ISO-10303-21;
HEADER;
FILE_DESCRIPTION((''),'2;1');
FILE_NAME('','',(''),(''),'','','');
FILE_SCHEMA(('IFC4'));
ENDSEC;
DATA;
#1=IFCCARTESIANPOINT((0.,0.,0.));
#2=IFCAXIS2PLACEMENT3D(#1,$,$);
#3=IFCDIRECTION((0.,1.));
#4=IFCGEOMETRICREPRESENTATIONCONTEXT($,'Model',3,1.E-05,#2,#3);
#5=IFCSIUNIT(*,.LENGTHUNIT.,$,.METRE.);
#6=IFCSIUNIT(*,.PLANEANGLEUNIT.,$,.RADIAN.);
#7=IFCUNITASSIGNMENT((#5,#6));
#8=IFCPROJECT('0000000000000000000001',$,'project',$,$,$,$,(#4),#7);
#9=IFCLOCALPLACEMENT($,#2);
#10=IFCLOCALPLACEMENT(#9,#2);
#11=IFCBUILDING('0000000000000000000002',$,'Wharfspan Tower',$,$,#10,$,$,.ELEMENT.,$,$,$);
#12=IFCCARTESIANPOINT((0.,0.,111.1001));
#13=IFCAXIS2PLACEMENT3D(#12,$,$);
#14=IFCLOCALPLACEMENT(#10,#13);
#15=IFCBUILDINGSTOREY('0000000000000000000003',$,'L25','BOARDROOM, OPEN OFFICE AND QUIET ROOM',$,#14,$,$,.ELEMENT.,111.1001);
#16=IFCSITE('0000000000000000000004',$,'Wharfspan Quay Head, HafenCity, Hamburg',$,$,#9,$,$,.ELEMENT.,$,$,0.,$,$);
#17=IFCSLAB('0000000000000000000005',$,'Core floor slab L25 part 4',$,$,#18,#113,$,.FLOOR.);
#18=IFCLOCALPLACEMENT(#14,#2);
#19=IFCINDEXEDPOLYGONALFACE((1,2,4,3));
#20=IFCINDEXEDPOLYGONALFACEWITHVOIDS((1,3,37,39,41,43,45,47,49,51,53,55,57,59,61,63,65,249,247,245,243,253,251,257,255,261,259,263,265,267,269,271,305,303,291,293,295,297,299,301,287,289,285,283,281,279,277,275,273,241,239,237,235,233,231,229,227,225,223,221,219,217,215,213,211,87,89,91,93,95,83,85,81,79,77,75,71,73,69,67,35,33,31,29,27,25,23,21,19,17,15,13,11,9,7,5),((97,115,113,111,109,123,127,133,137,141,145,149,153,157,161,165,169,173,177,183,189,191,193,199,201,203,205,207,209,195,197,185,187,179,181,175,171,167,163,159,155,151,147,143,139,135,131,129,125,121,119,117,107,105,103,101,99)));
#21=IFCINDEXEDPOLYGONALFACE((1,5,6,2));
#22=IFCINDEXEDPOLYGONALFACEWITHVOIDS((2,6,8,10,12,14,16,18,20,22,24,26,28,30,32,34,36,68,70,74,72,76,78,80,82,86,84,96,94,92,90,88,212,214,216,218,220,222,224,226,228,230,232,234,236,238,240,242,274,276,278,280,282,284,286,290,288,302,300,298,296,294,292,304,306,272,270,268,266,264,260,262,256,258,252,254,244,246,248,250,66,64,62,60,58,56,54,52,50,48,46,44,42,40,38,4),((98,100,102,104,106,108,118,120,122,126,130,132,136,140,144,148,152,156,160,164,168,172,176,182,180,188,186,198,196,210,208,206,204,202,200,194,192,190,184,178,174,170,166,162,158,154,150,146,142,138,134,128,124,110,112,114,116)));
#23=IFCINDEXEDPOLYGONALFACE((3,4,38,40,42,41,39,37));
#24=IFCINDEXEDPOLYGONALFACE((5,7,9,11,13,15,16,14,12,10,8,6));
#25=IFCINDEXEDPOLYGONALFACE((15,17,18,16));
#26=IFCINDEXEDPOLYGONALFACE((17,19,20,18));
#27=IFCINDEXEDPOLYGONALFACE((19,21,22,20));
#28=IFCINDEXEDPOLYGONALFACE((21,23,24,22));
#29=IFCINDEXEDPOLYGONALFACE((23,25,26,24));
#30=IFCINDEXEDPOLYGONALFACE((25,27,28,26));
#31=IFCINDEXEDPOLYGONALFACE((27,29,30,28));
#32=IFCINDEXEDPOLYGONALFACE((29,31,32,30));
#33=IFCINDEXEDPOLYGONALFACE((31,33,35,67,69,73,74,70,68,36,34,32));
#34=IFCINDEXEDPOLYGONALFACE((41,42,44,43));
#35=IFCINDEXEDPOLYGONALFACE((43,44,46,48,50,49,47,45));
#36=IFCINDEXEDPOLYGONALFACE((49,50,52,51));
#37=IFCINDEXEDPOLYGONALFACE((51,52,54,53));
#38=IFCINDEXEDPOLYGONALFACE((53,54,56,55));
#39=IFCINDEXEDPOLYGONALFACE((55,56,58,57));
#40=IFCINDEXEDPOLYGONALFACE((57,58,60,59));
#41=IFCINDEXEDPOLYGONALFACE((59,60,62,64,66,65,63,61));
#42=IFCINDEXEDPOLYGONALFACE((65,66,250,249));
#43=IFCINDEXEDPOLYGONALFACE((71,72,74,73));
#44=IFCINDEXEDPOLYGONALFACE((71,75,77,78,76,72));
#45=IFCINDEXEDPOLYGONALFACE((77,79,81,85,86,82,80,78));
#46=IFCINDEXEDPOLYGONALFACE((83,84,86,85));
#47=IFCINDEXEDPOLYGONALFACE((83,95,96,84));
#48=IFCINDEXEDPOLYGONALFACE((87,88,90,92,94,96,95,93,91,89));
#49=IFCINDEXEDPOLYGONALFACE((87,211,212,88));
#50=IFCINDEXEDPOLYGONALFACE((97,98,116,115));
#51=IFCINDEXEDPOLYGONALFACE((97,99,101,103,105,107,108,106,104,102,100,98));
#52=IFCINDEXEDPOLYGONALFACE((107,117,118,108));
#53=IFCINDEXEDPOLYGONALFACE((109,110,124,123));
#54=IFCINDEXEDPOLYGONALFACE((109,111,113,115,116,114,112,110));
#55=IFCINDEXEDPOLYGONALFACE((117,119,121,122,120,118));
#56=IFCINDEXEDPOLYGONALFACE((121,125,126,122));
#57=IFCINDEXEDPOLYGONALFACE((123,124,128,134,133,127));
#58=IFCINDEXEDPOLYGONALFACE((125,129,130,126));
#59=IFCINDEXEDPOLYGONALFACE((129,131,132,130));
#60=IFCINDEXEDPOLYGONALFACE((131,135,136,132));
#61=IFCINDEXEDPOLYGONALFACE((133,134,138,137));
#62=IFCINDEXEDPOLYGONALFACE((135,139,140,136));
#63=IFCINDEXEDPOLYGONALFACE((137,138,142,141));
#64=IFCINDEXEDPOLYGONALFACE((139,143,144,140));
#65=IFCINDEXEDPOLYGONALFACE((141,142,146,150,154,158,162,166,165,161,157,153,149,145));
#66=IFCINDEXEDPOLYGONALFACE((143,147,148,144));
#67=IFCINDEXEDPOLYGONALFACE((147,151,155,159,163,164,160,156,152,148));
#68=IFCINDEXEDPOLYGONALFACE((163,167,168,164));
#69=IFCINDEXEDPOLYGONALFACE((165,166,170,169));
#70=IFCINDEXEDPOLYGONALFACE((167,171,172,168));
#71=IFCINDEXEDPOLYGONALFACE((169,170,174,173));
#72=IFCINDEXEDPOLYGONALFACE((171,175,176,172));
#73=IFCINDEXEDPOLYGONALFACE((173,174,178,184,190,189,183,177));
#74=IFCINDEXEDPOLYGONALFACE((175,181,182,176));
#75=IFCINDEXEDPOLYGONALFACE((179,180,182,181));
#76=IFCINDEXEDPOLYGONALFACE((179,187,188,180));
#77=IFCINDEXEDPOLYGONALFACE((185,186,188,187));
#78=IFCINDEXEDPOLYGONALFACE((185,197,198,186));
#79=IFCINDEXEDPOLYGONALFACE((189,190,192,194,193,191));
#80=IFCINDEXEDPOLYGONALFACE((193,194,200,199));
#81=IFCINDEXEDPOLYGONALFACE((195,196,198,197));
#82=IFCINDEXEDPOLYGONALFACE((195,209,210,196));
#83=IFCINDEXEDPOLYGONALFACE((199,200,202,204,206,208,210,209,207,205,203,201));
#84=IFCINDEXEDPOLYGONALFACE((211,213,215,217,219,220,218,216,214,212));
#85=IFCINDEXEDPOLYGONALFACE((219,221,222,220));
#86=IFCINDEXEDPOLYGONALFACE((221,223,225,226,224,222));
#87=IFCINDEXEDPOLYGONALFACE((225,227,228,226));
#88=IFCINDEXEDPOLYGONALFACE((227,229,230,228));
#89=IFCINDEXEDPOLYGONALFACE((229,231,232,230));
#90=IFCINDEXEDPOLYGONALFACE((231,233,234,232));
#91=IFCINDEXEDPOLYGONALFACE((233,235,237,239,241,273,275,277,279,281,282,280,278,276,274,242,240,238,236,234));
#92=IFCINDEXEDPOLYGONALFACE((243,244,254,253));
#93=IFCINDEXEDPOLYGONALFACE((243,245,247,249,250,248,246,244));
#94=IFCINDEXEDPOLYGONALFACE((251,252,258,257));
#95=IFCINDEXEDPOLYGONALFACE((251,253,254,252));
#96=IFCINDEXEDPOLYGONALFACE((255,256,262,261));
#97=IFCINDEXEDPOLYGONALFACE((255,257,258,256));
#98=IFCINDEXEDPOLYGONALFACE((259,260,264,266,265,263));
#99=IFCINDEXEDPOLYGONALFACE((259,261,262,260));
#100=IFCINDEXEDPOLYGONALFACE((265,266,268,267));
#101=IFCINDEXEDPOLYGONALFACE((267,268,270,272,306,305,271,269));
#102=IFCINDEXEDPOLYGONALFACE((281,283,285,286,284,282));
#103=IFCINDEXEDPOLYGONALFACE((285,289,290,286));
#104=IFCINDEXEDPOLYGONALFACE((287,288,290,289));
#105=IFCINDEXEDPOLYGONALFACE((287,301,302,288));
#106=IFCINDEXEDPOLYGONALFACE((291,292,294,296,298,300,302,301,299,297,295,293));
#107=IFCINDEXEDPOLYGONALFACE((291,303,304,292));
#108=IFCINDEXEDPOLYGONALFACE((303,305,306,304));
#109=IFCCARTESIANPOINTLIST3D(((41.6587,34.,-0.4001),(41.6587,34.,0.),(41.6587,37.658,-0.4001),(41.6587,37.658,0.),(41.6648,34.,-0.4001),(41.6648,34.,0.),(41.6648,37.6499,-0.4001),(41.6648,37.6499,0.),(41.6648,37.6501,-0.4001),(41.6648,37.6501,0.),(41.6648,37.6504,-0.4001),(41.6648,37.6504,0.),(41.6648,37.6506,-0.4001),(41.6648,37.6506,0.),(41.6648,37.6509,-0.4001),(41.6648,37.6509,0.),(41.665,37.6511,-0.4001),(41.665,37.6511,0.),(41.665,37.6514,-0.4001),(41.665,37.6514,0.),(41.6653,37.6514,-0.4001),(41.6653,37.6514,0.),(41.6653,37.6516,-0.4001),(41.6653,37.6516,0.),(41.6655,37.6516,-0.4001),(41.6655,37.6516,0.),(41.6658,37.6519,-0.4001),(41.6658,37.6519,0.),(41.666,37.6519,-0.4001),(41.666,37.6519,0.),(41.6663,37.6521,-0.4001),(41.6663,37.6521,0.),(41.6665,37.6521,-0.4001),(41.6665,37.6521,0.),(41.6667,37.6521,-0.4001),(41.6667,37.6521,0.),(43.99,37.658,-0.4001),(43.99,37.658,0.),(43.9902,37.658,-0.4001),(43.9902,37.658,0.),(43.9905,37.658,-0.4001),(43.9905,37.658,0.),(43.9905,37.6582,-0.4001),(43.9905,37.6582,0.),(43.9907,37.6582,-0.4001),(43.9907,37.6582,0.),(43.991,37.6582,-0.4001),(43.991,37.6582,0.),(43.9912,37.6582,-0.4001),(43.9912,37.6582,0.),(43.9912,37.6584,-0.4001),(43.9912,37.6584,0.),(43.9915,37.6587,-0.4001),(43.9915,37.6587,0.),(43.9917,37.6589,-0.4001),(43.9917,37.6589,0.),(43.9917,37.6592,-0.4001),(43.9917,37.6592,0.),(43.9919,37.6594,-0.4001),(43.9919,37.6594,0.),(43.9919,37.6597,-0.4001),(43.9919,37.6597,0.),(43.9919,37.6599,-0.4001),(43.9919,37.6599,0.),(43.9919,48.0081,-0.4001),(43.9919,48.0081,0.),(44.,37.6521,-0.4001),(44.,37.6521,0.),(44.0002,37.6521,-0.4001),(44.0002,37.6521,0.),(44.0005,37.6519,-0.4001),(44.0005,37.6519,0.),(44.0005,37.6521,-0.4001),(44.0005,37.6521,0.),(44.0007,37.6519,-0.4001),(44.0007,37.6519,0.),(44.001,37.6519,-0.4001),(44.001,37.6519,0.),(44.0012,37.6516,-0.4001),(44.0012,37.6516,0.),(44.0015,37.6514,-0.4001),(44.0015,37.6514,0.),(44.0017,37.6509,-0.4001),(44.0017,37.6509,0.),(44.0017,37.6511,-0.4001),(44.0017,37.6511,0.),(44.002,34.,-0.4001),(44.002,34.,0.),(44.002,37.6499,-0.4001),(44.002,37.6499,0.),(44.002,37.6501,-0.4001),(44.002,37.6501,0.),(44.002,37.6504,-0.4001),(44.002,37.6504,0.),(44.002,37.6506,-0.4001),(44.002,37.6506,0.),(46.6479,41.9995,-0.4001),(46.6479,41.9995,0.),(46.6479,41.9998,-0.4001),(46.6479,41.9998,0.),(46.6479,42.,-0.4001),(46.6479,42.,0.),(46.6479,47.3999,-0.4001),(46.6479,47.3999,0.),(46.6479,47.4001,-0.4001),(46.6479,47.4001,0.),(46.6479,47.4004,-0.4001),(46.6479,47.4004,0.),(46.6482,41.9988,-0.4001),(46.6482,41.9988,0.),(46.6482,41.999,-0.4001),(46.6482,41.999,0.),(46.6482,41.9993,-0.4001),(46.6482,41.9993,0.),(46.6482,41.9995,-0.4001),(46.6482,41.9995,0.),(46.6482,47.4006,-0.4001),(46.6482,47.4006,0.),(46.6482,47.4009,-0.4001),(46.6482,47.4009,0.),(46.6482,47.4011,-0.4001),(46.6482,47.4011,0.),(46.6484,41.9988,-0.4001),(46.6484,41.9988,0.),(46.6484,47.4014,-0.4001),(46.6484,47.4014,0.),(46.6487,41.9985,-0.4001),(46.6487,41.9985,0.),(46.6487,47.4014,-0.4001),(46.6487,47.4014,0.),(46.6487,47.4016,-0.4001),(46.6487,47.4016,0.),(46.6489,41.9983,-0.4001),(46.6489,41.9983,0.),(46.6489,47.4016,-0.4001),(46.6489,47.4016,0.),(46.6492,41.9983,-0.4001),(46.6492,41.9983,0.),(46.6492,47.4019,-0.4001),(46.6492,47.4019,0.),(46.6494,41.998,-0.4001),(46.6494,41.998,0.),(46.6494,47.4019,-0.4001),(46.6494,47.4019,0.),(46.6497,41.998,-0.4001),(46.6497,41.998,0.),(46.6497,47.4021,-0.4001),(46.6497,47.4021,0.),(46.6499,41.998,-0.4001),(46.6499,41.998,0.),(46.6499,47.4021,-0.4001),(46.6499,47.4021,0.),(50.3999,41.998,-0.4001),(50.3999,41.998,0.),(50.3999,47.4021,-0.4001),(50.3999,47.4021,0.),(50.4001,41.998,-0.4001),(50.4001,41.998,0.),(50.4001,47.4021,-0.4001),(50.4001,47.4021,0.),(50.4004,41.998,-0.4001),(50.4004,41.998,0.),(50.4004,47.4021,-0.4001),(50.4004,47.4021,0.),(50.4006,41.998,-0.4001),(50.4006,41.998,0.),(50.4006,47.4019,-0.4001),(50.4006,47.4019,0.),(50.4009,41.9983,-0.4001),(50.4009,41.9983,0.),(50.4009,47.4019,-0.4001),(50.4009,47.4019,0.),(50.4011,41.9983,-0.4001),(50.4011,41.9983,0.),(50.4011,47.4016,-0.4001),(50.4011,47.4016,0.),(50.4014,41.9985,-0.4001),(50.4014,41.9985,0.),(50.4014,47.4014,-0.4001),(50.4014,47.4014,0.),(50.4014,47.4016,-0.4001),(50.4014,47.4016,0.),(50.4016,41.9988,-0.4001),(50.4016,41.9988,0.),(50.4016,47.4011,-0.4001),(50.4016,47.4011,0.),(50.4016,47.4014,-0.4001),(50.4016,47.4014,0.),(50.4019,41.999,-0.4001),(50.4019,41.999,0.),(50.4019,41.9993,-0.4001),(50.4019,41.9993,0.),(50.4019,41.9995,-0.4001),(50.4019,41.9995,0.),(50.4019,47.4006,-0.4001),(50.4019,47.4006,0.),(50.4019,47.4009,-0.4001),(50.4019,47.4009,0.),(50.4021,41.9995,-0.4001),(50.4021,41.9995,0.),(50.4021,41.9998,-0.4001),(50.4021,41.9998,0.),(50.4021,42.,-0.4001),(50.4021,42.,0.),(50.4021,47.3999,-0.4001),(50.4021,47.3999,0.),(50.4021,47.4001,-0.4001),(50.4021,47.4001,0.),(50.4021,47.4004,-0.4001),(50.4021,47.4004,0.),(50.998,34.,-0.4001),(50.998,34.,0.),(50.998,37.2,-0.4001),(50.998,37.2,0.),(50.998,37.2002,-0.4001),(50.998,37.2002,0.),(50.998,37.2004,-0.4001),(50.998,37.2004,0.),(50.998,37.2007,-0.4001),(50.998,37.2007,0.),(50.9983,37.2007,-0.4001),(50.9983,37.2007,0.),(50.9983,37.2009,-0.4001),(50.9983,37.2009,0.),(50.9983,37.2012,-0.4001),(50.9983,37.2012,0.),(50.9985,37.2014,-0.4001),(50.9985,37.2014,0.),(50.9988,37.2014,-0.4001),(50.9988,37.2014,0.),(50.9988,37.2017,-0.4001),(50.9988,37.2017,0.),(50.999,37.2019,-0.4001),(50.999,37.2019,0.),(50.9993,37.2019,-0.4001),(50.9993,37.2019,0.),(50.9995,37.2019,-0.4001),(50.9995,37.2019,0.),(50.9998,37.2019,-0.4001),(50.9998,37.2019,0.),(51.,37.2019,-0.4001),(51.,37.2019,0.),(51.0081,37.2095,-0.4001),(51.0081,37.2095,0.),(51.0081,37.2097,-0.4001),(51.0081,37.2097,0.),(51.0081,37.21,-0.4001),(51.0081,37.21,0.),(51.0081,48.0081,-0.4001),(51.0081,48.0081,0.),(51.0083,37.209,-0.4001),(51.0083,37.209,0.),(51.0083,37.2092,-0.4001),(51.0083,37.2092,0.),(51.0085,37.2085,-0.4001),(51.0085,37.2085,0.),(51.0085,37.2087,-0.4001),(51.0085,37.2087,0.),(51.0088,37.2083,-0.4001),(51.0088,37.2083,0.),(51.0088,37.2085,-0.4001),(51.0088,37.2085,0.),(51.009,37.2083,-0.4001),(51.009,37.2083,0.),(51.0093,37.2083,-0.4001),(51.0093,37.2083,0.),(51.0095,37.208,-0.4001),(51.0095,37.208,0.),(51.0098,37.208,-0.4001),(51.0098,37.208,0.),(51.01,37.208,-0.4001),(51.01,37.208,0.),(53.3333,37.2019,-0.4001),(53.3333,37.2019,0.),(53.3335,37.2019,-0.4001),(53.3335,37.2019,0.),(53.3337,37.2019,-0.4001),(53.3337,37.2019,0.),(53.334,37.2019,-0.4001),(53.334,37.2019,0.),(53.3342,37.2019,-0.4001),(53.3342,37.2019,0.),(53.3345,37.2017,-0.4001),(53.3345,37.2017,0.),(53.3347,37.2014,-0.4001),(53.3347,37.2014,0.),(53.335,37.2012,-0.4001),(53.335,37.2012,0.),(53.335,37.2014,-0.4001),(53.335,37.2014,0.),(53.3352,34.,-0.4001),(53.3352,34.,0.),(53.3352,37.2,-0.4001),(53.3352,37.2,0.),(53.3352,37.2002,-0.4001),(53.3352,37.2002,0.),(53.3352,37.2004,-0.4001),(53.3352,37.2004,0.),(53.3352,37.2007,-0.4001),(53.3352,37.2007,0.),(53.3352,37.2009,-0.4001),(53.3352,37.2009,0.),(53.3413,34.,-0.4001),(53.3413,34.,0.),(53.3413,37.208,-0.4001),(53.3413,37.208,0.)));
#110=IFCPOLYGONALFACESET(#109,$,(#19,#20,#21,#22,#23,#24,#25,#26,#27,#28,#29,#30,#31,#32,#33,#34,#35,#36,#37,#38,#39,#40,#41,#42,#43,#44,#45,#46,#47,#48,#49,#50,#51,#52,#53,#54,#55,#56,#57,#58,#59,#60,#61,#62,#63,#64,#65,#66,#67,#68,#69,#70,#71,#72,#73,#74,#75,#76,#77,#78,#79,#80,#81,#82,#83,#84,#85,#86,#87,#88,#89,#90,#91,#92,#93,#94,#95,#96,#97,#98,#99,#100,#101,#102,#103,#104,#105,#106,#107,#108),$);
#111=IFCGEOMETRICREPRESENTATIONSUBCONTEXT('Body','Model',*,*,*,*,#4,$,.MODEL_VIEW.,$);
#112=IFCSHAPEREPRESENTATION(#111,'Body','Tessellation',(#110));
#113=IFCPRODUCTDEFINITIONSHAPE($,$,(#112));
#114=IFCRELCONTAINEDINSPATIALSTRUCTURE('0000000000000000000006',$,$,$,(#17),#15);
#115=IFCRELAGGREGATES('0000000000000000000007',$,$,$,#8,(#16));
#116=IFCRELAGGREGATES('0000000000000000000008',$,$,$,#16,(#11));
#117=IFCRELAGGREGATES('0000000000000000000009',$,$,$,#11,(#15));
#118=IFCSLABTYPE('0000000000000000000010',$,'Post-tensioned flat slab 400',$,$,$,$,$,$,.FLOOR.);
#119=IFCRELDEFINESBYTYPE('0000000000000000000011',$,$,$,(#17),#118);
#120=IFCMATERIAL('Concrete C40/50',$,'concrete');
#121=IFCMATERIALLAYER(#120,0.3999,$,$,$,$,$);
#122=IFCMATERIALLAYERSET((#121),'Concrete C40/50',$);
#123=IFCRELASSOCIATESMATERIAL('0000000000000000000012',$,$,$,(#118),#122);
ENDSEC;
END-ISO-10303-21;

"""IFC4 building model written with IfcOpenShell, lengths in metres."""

from ifc_helpers import new_model, si_unit, direction, frame, origin, place, context, subcontext, project, spatial, polyline, outline, extrude, material, layer, layer_set, type_object, element, save


model = new_model("IFC4")

# Units and contexts
model_context = context("Model", 3, precision=1e-05, world=origin(), true_north=direction((0.0, 1.0)))
body_context = subcontext(model_context, "Body", "Model", "MODEL_VIEW")
ifc_project = project(units=[si_unit("LENGTHUNIT", "METRE"), si_unit("PLANEANGLEUNIT", "RADIAN")], contexts=[model_context])

# Site, building, storey
site_placement = place(None, origin())
site = spatial("IfcSite", under=ifc_project, at=site_placement, Name="Wharfspan Quay Head, HafenCity, Hamburg", CompositionType="ELEMENT", RefElevation=0.0)
building_placement = place(site_placement, origin())
building = spatial("IfcBuilding", under=site, at=building_placement, Name="Wharfspan Tower", CompositionType="ELEMENT")
storey_placement = place(building_placement, frame((0.0, 0.0, 111.1001)))
storey = spatial("IfcBuildingStorey", under=building, at=storey_placement, Name="L25", Description="BOARDROOM, OPEN OFFICE AND QUIET ROOM", CompositionType="ELEMENT", Elevation=111.1001)

# Slab
ifc_material_1 = material(Name="Concrete C40/50", Category="concrete")
ifc_layer_1 = layer(ifc_material_1, 0.3999)
ifc_layer_set_1 = layer_set([ifc_layer_1], Name="Concrete C40/50")
slab_type = type_object("IfcSlabType", Name="Post-tensioned flat slab 400", PredefinedType="FLOOR", material=ifc_layer_set_1)
slab_1_placement = place(storey_placement, frame((0.0, 0.0, -0.4001)))
element("IfcSlab", 1, at=slab_1_placement, inside=storey, type_object=slab_type, Name="Core floor slab L25 part 4", PredefinedType="FLOOR", context=body_context, shape_type="SweptSolid", body=[
    extrude(outline(polyline([(53.3413, 34.0), (53.3413, 37.208), (51.01, 37.208), (51.0098, 37.208), (51.0095, 37.208), (51.0095, 37.208), (51.0093, 37.2083), (51.009, 37.2083), (51.0088, 37.2083), (51.0088, 37.2085), (51.0085, 37.2085), (51.0085, 37.2087), (51.0083, 37.209), (51.0083, 37.209), (51.0083, 37.2092), (51.0081, 37.2095), (51.0081, 37.2097), (51.0081, 37.2097), (51.0081, 37.21), (51.0081, 48.0081), (43.9919, 48.0081), (43.9919, 37.6599), (43.9919, 37.6599), (43.9919, 37.6597), (43.9919, 37.6594), (43.9917, 37.6592), (43.9917, 37.6592), (43.9917, 37.6589), (43.9915, 37.6587), (43.9915, 37.6587), (43.9912, 37.6584), (43.9912, 37.6582), (43.991, 37.6582), (43.9907, 37.6582), (43.9905, 37.6582), (43.9905, 37.658), (43.9902, 37.658), (43.99, 37.658), (41.6587, 37.658), (41.6587, 34.0), (41.6648, 34.0), (41.6648, 37.6499), (41.6648, 37.6501), (41.6648, 37.6504), (41.6648, 37.6506), (41.6648, 37.6509), (41.6648, 37.6509), (41.665, 37.6511), (41.665, 37.6514), (41.6653, 37.6514), (41.6653, 37.6516), (41.6655, 37.6516), (41.6658, 37.6519), (41.666, 37.6519), (41.666, 37.6519), (41.6663, 37.6521), (41.6665, 37.6521), (41.6667, 37.6521), (44.0, 37.6521), (44.0002, 37.6521), (44.0005, 37.6521), (44.0005, 37.6519), (44.0007, 37.6519), (44.001, 37.6519), (44.0012, 37.6516), (44.0012, 37.6516), (44.0015, 37.6514), (44.0015, 37.6514), (44.0017, 37.6511), (44.0017, 37.6509), (44.0017, 37.6509), (44.002, 37.6506), (44.002, 37.6504), (44.002, 37.6501), (44.002, 37.6499), (44.002, 34.0), (50.998, 34.0), (50.998, 37.2), (50.998, 37.2002), (50.998, 37.2004), (50.998, 37.2007), (50.9983, 37.2007), (50.9983, 37.2009), (50.9983, 37.2012), (50.9985, 37.2014), (50.9985, 37.2014), (50.9988, 37.2014), (50.9988, 37.2017), (50.999, 37.2019), (50.9993, 37.2019), (50.9995, 37.2019), (50.9995, 37.2019), (50.9998, 37.2019), (51.0, 37.2019), (53.3333, 37.2019), (53.3335, 37.2019), (53.3337, 37.2019), (53.334, 37.2019), (53.334, 37.2019), (53.3342, 37.2019), (53.3345, 37.2017), (53.3347, 37.2014), (53.3347, 37.2014), (53.335, 37.2014), (53.335, 37.2012), (53.3352, 37.2009), (53.3352, 37.2007), (53.3352, 37.2007), (53.3352, 37.2004), (53.3352, 37.2002), (53.3352, 37.2), (53.3352, 34.0), (53.3413, 34.0)]), holes=[polyline([(50.4021, 42.0), (50.4021, 41.9998), (50.4021, 41.9995), (50.4019, 41.9995), (50.4019, 41.9993), (50.4019, 41.999), (50.4016, 41.9988), (50.4016, 41.9988), (50.4014, 41.9985), (50.4014, 41.9985), (50.4011, 41.9983), (50.4009, 41.9983), (50.4009, 41.9983), (50.4006, 41.998), (50.4004, 41.998), (50.4001, 41.998), (50.3999, 41.998), (46.6499, 41.998), (46.6499, 41.998), (46.6497, 41.998), (46.6494, 41.998), (46.6492, 41.9983), (46.6492, 41.9983), (46.6489, 41.9983), (46.6487, 41.9985), (46.6487, 41.9985), (46.6484, 41.9988), (46.6482, 41.9988), (46.6482, 41.999), (46.6482, 41.9993), (46.6482, 41.9995), (46.6479, 41.9995), (46.6479, 41.9998), (46.6479, 42.0), (46.6479, 47.3999), (46.6479, 47.4001), (46.6479, 47.4004), (46.6482, 47.4006), (46.6482, 47.4009), (46.6482, 47.4009), (46.6482, 47.4011), (46.6484, 47.4014), (46.6487, 47.4014), (46.6487, 47.4016), (46.6489, 47.4016), (46.6492, 47.4019), (46.6492, 47.4019), (46.6494, 47.4019), (46.6497, 47.4021), (46.6499, 47.4021), (46.6499, 47.4021), (50.3999, 47.4021), (50.4001, 47.4021), (50.4004, 47.4021), (50.4006, 47.4019), (50.4009, 47.4019), (50.4009, 47.4019), (50.4011, 47.4016), (50.4014, 47.4016), (50.4014, 47.4014), (50.4016, 47.4014), (50.4016, 47.4011), (50.4019, 47.4009), (50.4019, 47.4009), (50.4019, 47.4006), (50.4021, 47.4004), (50.4021, 47.4001), (50.4021, 47.3999), (50.4021, 42.0)])]), origin(), (0.0, 0.0, 1.0), 0.4001),
])

save(model, "model.ifc")
